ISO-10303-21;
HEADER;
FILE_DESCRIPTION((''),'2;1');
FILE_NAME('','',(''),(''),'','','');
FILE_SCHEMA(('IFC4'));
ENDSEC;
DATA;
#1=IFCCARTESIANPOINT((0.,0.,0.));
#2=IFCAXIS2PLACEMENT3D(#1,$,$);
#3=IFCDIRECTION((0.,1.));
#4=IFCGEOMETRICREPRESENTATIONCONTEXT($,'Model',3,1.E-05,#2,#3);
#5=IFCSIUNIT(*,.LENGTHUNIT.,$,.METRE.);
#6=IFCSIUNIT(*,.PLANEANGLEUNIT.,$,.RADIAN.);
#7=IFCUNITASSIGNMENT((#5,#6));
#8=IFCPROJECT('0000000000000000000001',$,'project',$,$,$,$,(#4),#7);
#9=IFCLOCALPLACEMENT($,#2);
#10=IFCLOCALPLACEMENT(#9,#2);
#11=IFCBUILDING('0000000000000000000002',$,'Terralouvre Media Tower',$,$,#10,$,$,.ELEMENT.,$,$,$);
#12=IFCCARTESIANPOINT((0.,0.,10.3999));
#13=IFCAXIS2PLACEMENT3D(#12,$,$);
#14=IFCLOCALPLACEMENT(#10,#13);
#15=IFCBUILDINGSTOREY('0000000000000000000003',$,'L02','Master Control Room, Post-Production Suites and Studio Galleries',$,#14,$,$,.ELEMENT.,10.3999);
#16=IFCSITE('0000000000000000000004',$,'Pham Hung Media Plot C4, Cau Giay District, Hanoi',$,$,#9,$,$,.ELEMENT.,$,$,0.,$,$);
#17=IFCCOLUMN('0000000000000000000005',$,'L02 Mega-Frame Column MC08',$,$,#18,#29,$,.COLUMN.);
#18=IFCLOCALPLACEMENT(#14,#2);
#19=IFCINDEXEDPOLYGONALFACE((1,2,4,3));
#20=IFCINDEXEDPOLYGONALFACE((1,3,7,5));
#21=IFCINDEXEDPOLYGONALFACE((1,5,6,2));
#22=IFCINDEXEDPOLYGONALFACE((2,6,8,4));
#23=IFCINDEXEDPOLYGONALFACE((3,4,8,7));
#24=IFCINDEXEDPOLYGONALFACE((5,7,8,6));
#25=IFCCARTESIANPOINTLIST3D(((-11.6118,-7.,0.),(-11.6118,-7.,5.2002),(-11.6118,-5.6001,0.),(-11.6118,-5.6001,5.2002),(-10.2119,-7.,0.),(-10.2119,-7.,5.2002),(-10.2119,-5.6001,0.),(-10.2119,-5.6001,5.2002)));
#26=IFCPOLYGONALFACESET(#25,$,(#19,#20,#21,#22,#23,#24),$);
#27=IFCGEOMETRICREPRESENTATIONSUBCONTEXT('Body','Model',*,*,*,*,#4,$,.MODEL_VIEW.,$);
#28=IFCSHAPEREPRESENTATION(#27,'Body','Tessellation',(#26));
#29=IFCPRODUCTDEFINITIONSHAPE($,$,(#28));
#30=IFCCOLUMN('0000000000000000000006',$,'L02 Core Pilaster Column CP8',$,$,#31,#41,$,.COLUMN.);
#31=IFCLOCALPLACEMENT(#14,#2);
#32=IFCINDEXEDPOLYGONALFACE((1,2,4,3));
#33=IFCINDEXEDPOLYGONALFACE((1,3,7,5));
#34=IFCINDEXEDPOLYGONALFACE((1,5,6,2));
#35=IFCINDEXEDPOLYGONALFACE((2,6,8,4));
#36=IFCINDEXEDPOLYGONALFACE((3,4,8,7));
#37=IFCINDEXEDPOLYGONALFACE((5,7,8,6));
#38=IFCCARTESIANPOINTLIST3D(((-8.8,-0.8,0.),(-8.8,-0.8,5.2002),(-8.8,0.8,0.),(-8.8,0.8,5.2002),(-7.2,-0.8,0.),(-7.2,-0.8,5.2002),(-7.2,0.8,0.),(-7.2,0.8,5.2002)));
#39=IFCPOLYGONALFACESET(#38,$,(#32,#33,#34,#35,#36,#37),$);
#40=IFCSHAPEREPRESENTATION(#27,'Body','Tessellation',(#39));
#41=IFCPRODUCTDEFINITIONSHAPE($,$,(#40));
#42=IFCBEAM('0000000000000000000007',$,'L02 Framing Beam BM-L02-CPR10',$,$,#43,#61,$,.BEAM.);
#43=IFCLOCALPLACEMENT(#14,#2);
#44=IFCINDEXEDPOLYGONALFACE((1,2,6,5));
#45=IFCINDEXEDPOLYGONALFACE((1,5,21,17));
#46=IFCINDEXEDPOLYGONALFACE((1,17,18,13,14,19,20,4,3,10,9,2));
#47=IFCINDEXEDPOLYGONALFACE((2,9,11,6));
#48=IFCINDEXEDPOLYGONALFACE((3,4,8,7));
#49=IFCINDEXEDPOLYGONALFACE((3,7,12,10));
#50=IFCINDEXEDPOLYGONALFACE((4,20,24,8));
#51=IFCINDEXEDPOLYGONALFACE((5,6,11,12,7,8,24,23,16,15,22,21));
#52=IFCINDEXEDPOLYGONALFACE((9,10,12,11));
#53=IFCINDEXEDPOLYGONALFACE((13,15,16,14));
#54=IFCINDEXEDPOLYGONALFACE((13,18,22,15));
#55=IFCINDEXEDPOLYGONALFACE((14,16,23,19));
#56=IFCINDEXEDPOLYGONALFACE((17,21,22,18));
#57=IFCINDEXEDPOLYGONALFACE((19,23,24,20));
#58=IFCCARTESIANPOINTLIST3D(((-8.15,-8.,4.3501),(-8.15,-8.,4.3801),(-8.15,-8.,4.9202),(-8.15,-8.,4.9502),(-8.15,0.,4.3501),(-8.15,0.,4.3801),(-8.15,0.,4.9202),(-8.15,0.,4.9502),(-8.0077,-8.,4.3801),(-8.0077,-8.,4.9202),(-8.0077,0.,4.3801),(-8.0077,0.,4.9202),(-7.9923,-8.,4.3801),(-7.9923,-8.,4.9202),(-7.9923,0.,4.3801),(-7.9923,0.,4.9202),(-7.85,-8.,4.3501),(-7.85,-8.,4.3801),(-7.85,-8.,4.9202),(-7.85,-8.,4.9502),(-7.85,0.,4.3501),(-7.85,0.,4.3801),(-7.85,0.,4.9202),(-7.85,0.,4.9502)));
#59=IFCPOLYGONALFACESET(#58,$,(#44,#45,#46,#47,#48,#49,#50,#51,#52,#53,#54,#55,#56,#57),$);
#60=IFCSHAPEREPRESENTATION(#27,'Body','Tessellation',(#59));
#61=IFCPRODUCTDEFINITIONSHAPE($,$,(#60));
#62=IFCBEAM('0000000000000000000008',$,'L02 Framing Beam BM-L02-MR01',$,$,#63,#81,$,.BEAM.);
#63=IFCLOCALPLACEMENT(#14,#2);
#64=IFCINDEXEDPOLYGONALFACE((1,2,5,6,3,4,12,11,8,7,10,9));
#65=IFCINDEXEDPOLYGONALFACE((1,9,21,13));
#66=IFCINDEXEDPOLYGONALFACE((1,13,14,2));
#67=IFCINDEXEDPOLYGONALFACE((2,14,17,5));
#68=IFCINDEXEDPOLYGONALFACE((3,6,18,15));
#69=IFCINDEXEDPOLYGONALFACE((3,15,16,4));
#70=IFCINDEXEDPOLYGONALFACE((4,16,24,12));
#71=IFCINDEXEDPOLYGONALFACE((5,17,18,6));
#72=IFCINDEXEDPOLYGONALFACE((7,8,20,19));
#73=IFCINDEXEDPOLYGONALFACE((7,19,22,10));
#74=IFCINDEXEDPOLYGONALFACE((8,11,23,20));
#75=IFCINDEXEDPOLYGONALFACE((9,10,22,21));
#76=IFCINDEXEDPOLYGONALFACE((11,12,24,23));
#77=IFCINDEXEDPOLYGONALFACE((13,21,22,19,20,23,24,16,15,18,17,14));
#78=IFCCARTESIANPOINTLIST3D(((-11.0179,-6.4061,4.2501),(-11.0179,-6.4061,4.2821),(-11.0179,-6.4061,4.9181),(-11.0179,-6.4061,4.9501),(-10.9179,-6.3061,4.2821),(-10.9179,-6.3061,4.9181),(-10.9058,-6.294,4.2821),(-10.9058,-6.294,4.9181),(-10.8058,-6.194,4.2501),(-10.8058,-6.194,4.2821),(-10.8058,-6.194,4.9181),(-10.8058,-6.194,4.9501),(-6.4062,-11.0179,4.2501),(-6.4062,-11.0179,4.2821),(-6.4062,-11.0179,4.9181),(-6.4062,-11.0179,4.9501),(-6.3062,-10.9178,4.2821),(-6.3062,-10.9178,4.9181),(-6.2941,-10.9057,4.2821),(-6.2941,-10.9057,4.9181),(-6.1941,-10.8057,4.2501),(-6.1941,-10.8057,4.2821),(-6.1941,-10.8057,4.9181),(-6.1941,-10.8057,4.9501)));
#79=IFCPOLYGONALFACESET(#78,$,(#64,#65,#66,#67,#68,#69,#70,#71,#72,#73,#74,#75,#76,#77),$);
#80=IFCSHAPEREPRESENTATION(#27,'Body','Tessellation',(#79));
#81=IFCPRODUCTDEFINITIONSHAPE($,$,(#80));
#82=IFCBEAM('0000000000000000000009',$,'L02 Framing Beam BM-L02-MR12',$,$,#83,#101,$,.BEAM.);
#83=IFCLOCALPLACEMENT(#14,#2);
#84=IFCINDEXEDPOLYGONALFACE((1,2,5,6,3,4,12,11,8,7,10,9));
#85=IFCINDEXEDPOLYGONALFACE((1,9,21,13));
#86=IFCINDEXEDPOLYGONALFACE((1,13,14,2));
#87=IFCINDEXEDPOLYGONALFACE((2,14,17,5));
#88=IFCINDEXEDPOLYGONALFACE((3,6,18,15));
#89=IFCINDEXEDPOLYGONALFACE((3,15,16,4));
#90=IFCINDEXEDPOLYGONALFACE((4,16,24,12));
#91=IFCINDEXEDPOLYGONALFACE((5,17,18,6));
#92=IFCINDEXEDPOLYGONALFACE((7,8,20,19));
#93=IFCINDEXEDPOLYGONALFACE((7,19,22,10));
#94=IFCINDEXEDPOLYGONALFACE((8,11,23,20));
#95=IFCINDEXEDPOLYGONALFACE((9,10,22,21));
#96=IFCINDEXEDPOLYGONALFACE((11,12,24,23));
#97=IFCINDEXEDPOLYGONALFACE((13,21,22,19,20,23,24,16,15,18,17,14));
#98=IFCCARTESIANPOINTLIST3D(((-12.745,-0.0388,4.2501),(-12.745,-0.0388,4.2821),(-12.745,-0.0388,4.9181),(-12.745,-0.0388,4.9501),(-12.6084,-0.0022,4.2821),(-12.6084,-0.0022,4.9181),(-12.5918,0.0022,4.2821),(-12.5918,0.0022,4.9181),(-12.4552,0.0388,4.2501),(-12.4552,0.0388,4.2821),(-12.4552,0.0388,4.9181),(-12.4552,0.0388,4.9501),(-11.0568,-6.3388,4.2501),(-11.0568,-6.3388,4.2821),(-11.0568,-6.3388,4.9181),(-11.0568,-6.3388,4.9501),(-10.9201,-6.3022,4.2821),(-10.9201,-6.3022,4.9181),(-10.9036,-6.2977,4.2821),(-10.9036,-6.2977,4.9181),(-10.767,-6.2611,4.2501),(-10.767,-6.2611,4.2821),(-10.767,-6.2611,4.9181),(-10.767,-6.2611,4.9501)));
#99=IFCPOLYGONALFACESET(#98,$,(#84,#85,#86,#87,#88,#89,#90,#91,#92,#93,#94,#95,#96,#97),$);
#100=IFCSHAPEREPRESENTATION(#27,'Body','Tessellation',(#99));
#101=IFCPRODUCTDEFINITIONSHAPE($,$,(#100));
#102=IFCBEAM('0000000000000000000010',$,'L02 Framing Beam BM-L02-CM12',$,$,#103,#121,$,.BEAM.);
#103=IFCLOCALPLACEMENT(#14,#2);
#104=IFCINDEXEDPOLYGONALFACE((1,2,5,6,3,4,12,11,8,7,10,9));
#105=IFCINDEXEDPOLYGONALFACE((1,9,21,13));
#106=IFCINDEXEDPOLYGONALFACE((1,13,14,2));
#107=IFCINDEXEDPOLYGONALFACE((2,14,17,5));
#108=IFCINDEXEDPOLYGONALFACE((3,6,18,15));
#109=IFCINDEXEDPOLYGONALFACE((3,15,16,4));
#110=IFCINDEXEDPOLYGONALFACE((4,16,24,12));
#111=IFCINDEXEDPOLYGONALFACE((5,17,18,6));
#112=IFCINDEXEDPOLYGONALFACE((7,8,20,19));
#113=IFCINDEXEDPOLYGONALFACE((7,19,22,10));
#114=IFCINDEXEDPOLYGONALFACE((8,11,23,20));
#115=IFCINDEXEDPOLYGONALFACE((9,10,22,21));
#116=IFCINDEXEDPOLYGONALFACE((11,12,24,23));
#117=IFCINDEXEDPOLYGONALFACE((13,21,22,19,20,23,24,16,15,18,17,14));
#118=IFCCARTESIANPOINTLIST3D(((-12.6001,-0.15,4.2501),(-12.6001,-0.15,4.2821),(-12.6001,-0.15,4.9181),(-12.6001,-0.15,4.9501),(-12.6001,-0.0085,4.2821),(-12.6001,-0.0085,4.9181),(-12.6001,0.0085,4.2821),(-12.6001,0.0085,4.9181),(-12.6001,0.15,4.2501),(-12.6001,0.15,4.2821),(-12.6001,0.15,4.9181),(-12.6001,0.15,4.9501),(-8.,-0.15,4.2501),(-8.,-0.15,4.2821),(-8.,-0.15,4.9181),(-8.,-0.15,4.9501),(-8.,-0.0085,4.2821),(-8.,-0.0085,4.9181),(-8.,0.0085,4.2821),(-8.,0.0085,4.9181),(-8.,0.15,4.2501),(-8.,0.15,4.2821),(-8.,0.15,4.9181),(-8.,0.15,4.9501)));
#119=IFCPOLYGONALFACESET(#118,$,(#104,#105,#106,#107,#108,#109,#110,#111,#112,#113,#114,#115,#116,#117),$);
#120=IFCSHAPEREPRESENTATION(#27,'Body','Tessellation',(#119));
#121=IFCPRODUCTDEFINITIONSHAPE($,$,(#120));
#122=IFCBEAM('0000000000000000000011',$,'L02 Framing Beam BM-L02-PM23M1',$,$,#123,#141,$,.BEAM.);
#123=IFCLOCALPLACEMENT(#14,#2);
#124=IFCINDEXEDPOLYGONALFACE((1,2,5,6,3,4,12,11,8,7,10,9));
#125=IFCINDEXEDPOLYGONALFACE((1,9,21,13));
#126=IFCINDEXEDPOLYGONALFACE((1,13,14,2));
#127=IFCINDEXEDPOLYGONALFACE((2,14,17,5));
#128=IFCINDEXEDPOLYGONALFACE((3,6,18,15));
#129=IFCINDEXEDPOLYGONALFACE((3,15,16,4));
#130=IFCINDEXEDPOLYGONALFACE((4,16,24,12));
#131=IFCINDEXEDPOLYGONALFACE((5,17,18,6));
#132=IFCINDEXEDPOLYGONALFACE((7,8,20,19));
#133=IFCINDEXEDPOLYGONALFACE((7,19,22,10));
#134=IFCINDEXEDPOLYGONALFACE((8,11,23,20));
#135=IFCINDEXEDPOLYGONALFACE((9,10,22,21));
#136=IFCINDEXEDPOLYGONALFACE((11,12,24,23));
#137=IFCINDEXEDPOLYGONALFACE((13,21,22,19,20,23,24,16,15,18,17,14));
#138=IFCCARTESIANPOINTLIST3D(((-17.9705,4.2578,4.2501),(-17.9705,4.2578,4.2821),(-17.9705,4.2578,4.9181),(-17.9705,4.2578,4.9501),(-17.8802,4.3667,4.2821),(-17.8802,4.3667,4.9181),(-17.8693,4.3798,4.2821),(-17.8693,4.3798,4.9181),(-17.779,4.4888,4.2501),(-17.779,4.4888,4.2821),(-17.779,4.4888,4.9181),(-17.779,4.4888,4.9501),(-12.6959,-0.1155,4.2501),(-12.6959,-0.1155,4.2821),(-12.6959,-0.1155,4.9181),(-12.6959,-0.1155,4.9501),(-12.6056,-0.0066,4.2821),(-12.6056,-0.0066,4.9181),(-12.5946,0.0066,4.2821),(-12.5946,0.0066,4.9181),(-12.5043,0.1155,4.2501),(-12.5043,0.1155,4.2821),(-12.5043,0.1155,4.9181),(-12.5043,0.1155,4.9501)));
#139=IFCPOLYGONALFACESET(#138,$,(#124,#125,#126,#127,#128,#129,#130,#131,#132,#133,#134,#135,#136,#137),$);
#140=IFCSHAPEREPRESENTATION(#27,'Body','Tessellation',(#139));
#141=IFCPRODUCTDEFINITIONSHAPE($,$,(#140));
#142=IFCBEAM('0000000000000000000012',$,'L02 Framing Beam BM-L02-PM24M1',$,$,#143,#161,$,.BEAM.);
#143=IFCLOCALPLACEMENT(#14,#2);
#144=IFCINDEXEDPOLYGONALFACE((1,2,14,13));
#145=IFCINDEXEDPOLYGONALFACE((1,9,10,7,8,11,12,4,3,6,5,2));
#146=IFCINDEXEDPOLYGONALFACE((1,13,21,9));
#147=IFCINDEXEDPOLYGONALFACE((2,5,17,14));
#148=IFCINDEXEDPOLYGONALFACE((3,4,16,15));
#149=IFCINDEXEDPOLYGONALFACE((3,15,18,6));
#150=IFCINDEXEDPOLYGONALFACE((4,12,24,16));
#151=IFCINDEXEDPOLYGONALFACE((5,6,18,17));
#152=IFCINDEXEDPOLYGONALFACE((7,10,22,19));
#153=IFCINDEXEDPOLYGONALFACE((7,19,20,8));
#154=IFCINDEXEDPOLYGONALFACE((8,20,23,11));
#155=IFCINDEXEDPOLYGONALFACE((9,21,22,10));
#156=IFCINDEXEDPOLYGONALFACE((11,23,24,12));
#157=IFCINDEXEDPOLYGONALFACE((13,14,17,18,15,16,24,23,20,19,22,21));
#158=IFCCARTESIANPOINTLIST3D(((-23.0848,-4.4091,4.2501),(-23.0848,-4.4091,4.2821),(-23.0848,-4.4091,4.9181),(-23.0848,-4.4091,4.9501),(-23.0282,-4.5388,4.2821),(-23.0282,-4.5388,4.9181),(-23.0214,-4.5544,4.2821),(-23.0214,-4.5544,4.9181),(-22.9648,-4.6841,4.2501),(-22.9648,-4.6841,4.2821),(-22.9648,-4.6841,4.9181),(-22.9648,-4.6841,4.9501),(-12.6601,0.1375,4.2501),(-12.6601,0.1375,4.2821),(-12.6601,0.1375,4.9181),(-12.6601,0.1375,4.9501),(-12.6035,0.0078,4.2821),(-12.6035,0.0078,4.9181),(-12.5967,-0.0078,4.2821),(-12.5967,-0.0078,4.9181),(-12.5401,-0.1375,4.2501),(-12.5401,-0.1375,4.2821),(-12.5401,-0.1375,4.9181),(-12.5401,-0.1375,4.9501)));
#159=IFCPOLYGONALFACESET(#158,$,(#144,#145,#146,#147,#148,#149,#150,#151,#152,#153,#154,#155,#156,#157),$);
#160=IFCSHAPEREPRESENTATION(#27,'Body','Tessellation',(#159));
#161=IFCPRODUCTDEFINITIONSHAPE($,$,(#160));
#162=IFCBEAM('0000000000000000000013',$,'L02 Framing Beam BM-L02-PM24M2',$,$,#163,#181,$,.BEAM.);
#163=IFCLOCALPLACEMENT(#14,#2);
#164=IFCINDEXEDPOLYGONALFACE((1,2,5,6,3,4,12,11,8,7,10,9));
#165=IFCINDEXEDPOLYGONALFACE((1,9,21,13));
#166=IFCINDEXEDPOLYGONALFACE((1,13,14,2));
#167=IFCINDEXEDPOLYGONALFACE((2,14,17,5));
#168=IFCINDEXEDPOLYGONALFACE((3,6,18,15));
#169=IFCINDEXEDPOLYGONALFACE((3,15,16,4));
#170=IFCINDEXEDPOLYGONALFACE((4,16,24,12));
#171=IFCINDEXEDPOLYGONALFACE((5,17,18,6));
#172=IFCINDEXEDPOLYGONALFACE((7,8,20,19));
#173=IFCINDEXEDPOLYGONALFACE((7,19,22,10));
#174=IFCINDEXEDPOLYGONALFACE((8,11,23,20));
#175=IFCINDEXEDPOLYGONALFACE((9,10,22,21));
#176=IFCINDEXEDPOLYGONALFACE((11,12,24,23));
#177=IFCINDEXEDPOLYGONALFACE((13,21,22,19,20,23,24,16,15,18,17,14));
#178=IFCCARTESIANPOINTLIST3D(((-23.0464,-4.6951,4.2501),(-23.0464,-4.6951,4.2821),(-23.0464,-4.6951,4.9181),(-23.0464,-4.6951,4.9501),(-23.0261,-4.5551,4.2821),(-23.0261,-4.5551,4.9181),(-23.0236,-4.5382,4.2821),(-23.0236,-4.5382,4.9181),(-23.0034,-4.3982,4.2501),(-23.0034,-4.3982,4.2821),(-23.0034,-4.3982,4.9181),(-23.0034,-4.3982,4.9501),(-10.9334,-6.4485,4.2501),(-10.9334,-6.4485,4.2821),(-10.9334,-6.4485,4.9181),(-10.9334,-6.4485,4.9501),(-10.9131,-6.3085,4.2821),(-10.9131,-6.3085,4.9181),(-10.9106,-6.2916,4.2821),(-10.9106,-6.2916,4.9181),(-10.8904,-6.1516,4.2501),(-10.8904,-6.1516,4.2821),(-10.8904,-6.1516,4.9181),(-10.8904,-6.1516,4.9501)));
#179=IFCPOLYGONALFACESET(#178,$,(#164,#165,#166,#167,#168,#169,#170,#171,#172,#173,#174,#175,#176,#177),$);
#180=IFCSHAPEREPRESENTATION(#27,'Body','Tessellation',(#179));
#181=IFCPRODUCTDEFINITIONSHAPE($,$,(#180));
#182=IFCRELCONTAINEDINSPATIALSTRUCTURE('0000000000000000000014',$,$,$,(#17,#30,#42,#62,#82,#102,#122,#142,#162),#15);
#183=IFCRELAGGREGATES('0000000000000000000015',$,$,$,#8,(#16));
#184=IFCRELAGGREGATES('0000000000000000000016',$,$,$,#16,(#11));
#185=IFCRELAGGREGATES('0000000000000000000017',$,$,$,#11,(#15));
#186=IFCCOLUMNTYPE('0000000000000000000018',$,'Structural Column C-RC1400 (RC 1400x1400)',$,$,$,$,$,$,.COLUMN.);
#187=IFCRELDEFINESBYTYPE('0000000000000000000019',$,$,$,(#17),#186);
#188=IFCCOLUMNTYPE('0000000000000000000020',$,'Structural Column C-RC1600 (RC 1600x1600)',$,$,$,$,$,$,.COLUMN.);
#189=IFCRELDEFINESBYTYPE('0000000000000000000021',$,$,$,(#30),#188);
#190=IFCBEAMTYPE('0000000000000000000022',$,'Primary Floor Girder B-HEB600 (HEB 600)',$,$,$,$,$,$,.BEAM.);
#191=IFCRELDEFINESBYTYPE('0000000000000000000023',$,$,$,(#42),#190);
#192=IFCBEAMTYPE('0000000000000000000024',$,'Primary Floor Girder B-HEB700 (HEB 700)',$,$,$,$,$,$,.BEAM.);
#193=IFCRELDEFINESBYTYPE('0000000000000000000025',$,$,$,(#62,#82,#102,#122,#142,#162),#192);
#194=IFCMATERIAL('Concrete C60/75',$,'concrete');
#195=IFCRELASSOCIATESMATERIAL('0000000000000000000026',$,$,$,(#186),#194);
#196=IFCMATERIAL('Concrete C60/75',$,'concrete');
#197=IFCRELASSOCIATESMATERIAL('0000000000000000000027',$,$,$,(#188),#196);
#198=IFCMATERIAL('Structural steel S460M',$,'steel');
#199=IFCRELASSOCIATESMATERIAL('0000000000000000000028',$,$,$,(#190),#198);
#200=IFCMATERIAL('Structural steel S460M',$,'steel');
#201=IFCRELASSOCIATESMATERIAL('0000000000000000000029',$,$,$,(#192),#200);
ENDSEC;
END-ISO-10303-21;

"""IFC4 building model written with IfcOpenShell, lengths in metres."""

from ifc_helpers import new_model, si_unit, direction, frame, origin, origin_2d, place, context, subcontext, project, spatial, rectangle, i_section, extrude, material, material_profile, profile_set, type_object, element, save


model = new_model("IFC4")

# Units and contexts
model_context = context("Model", 3, precision=1e-05, world=origin(), true_north=direction((0.0, 1.0)))
body_context = subcontext(model_context, "Body", "Model", "MODEL_VIEW")
ifc_project = project(units=[si_unit("LENGTHUNIT", "METRE"), si_unit("PLANEANGLEUNIT", "RADIAN")], contexts=[model_context])

# Site, building, storey
site_placement = place(None, origin())
site = spatial("IfcSite", under=ifc_project, at=site_placement, Name="Pham Hung Media Plot C4, Cau Giay District, Hanoi", CompositionType="ELEMENT", RefElevation=0.0)
building_placement = place(site_placement, origin())
building = spatial("IfcBuilding", under=site, at=building_placement, Name="Terralouvre Media Tower", CompositionType="ELEMENT")
storey_placement = place(building_placement, frame((0.0, 0.0, 10.3999)))
storey = spatial("IfcBuildingStorey", under=building, at=storey_placement, Name="L02", Description="Master Control Room, Post-Production Suites and Studio Galleries", CompositionType="ELEMENT", Elevation=10.3999)

# Columns
ifc_material_1 = material(Name="Concrete C60/75", Category="concrete")
ifc_material_profile_1 = material_profile(ifc_material_1, rectangle(XDim=1.3999, YDim=1.3999, at=origin_2d()), Name="RC 1400x1400")
ifc_profile_set_1 = profile_set([ifc_material_profile_1], Name="Concrete C60/75")
column_type_1 = type_object("IfcColumnType", Name="Structural Column C-RC1400 (RC 1400x1400)", PredefinedType="COLUMN", material=ifc_profile_set_1)
column_1_placement = place(storey_placement, frame((-10.9119, -6.3, 0.0), z_axis=(0.0, 0.0, 1.0), x_axis=(1.0, 0.0, 0.0)))
element("IfcColumn", 1, at=column_1_placement, inside=storey, type_object=column_type_1, Name="L02 Mega-Frame Column MC08", PredefinedType="COLUMN", context=body_context, shape_type="SweptSolid", body=[
    extrude(rectangle(XDim=1.3999, YDim=1.3999, at=origin_2d()), origin(), (0.0, 0.0, 1.0), 5.2002),
])
ifc_material_2 = material(Name="Concrete C60/75", Category="concrete")
ifc_material_profile_2 = material_profile(ifc_material_2, rectangle(XDim=1.6001, YDim=1.6001, at=origin_2d()), Name="RC 1600x1600")
ifc_profile_set_2 = profile_set([ifc_material_profile_2], Name="Concrete C60/75")
column_type_2 = type_object("IfcColumnType", Name="Structural Column C-RC1600 (RC 1600x1600)", PredefinedType="COLUMN", material=ifc_profile_set_2)
column_2_placement = place(storey_placement, frame((-8.0, 0.0, 0.0), z_axis=(0.0, 0.0, 1.0), x_axis=(1.0, 0.0, 0.0)))
element("IfcColumn", 2, at=column_2_placement, inside=storey, type_object=column_type_2, Name="L02 Core Pilaster Column CP8", PredefinedType="COLUMN", context=body_context, shape_type="SweptSolid", body=[
    extrude(rectangle(XDim=1.6001, YDim=1.6001, at=origin_2d()), origin(), (0.0, 0.0, 1.0), 5.2002),
])

# Beams
ifc_material_3 = material(Name="Structural steel S460M", Category="steel")
ifc_material_profile_3 = material_profile(ifc_material_3, i_section(OverallWidth=0.3, OverallDepth=0.6001, WebThickness=0.0154, FlangeThickness=0.03, at=origin_2d()), Name="HEB 600")
ifc_profile_set_3 = profile_set([ifc_material_profile_3], Name="Structural steel S460M")
beam_type_1 = type_object("IfcBeamType", Name="Primary Floor Girder B-HEB600 (HEB 600)", PredefinedType="BEAM", material=ifc_profile_set_3)
beam_1_placement = place(storey_placement, frame((-8.0, 0.0, 4.6501), z_axis=(0.0, -1.0, 0.0), x_axis=(1.0, 0.0, 0.0)))
element("IfcBeam", 3, at=beam_1_placement, inside=storey, type_object=beam_type_1, Name="L02 Framing Beam BM-L02-CPR10", PredefinedType="BEAM", context=body_context, shape_type="SweptSolid", body=[
    extrude(i_section(OverallWidth=0.3, OverallDepth=0.6001, WebThickness=0.0154, FlangeThickness=0.03, at=origin_2d()), origin(), (0.0, 0.0, 1.0), 8.0),
])
ifc_material_4 = material(Name="Structural steel S460M", Category="steel")
ifc_material_profile_4 = material_profile(ifc_material_4, i_section(OverallWidth=0.3, OverallDepth=0.7, WebThickness=0.0171, FlangeThickness=0.032, at=origin_2d()), Name="HEB 700")
ifc_profile_set_4 = profile_set([ifc_material_profile_4], Name="Structural steel S460M")
beam_type_2 = type_object("IfcBeamType", Name="Primary Floor Girder B-HEB700 (HEB 700)", PredefinedType="BEAM", material=ifc_profile_set_4)
beam_2_placement = place(storey_placement, frame((-10.9119, -6.3, 4.6001), z_axis=(0.707107, -0.707107, 0.0), x_axis=(0.707107, 0.707107, 0.0)))
element("IfcBeam", 4, at=beam_2_placement, inside=storey, type_object=beam_type_2, Name="L02 Framing Beam BM-L02-MR01", PredefinedType="BEAM", context=body_context, shape_type="SweptSolid", body=[
    extrude(i_section(OverallWidth=0.3, OverallDepth=0.7, WebThickness=0.0171, FlangeThickness=0.032, at=origin_2d()), origin(), (0.0, 0.0, 1.0), 6.522),
])
beam_3_placement = place(storey_placement, frame((-12.6001, 0.0, 4.6001), z_axis=(0.258839, -0.96592, 0.0), x_axis=(0.96592, 0.258839, 0.0)))
element("IfcBeam", 5, at=beam_3_placement, inside=storey, type_object=beam_type_2, Name="L02 Framing Beam BM-L02-MR12", PredefinedType="BEAM", context=body_context, shape_type="SweptSolid", body=[
    extrude(i_section(OverallWidth=0.3, OverallDepth=0.7, WebThickness=0.0171, FlangeThickness=0.032, at=origin_2d()), origin(), (0.0, 0.0, 1.0), 6.5222),
])
beam_4_placement = place(storey_placement, frame((-8.0, 0.0, 4.6001), z_axis=(-1.0, 0.0, 0.0), x_axis=(0.0, -1.0, 0.0)))
element("IfcBeam", 6, at=beam_4_placement, inside=storey, type_object=beam_type_2, Name="L02 Framing Beam BM-L02-CM12", PredefinedType="BEAM", context=body_context, shape_type="SweptSolid", body=[
    extrude(i_section(OverallWidth=0.3, OverallDepth=0.7, WebThickness=0.0171, FlangeThickness=0.032, at=origin_2d()), origin(), (0.0, 0.0, 1.0), 4.6001),
])
beam_5_placement = place(storey_placement, frame((-12.6001, 0.0, 4.6001), z_axis=(-0.769816, 0.638265, 0.0), x_axis=(-0.638265, -0.769816, 0.0)))
element("IfcBeam", 7, at=beam_5_placement, inside=storey, type_object=beam_type_2, Name="L02 Framing Beam BM-L02-PM23M1", PredefinedType="BEAM", context=body_context, shape_type="SweptSolid", body=[
    extrude(i_section(OverallWidth=0.3, OverallDepth=0.7, WebThickness=0.0171, FlangeThickness=0.032, at=origin_2d()), origin(), (0.0, 0.0, 1.0), 6.8518),
])
beam_6_placement = place(storey_placement, frame((-12.6001, 0.0, 4.6001), z_axis=(-0.916616, -0.399769, 0.0), x_axis=(0.399769, -0.916616, 0.0)))
element("IfcBeam", 8, at=beam_6_placement, inside=storey, type_object=beam_type_2, Name="L02 Framing Beam BM-L02-PM24M1", PredefinedType="BEAM", context=body_context, shape_type="SweptSolid", body=[
    extrude(i_section(OverallWidth=0.3, OverallDepth=0.7, WebThickness=0.0171, FlangeThickness=0.032, at=origin_2d()), origin(), (0.0, 0.0, 1.0), 11.373),
])
beam_7_placement = place(storey_placement, frame((-10.9119, -6.3, 4.6001), z_axis=(-0.989685, 0.143261, 0.0), x_axis=(-0.143261, -0.989685, 0.0)))
element("IfcBeam", 9, at=beam_7_placement, inside=storey, type_object=beam_type_2, Name="L02 Framing Beam BM-L02-PM24M2", PredefinedType="BEAM", context=body_context, shape_type="SweptSolid", body=[
    extrude(i_section(OverallWidth=0.3, OverallDepth=0.7, WebThickness=0.0171, FlangeThickness=0.032, at=origin_2d()), origin(), (0.0, 0.0, 1.0), 12.2393),
])

save(model, "model.ifc")
